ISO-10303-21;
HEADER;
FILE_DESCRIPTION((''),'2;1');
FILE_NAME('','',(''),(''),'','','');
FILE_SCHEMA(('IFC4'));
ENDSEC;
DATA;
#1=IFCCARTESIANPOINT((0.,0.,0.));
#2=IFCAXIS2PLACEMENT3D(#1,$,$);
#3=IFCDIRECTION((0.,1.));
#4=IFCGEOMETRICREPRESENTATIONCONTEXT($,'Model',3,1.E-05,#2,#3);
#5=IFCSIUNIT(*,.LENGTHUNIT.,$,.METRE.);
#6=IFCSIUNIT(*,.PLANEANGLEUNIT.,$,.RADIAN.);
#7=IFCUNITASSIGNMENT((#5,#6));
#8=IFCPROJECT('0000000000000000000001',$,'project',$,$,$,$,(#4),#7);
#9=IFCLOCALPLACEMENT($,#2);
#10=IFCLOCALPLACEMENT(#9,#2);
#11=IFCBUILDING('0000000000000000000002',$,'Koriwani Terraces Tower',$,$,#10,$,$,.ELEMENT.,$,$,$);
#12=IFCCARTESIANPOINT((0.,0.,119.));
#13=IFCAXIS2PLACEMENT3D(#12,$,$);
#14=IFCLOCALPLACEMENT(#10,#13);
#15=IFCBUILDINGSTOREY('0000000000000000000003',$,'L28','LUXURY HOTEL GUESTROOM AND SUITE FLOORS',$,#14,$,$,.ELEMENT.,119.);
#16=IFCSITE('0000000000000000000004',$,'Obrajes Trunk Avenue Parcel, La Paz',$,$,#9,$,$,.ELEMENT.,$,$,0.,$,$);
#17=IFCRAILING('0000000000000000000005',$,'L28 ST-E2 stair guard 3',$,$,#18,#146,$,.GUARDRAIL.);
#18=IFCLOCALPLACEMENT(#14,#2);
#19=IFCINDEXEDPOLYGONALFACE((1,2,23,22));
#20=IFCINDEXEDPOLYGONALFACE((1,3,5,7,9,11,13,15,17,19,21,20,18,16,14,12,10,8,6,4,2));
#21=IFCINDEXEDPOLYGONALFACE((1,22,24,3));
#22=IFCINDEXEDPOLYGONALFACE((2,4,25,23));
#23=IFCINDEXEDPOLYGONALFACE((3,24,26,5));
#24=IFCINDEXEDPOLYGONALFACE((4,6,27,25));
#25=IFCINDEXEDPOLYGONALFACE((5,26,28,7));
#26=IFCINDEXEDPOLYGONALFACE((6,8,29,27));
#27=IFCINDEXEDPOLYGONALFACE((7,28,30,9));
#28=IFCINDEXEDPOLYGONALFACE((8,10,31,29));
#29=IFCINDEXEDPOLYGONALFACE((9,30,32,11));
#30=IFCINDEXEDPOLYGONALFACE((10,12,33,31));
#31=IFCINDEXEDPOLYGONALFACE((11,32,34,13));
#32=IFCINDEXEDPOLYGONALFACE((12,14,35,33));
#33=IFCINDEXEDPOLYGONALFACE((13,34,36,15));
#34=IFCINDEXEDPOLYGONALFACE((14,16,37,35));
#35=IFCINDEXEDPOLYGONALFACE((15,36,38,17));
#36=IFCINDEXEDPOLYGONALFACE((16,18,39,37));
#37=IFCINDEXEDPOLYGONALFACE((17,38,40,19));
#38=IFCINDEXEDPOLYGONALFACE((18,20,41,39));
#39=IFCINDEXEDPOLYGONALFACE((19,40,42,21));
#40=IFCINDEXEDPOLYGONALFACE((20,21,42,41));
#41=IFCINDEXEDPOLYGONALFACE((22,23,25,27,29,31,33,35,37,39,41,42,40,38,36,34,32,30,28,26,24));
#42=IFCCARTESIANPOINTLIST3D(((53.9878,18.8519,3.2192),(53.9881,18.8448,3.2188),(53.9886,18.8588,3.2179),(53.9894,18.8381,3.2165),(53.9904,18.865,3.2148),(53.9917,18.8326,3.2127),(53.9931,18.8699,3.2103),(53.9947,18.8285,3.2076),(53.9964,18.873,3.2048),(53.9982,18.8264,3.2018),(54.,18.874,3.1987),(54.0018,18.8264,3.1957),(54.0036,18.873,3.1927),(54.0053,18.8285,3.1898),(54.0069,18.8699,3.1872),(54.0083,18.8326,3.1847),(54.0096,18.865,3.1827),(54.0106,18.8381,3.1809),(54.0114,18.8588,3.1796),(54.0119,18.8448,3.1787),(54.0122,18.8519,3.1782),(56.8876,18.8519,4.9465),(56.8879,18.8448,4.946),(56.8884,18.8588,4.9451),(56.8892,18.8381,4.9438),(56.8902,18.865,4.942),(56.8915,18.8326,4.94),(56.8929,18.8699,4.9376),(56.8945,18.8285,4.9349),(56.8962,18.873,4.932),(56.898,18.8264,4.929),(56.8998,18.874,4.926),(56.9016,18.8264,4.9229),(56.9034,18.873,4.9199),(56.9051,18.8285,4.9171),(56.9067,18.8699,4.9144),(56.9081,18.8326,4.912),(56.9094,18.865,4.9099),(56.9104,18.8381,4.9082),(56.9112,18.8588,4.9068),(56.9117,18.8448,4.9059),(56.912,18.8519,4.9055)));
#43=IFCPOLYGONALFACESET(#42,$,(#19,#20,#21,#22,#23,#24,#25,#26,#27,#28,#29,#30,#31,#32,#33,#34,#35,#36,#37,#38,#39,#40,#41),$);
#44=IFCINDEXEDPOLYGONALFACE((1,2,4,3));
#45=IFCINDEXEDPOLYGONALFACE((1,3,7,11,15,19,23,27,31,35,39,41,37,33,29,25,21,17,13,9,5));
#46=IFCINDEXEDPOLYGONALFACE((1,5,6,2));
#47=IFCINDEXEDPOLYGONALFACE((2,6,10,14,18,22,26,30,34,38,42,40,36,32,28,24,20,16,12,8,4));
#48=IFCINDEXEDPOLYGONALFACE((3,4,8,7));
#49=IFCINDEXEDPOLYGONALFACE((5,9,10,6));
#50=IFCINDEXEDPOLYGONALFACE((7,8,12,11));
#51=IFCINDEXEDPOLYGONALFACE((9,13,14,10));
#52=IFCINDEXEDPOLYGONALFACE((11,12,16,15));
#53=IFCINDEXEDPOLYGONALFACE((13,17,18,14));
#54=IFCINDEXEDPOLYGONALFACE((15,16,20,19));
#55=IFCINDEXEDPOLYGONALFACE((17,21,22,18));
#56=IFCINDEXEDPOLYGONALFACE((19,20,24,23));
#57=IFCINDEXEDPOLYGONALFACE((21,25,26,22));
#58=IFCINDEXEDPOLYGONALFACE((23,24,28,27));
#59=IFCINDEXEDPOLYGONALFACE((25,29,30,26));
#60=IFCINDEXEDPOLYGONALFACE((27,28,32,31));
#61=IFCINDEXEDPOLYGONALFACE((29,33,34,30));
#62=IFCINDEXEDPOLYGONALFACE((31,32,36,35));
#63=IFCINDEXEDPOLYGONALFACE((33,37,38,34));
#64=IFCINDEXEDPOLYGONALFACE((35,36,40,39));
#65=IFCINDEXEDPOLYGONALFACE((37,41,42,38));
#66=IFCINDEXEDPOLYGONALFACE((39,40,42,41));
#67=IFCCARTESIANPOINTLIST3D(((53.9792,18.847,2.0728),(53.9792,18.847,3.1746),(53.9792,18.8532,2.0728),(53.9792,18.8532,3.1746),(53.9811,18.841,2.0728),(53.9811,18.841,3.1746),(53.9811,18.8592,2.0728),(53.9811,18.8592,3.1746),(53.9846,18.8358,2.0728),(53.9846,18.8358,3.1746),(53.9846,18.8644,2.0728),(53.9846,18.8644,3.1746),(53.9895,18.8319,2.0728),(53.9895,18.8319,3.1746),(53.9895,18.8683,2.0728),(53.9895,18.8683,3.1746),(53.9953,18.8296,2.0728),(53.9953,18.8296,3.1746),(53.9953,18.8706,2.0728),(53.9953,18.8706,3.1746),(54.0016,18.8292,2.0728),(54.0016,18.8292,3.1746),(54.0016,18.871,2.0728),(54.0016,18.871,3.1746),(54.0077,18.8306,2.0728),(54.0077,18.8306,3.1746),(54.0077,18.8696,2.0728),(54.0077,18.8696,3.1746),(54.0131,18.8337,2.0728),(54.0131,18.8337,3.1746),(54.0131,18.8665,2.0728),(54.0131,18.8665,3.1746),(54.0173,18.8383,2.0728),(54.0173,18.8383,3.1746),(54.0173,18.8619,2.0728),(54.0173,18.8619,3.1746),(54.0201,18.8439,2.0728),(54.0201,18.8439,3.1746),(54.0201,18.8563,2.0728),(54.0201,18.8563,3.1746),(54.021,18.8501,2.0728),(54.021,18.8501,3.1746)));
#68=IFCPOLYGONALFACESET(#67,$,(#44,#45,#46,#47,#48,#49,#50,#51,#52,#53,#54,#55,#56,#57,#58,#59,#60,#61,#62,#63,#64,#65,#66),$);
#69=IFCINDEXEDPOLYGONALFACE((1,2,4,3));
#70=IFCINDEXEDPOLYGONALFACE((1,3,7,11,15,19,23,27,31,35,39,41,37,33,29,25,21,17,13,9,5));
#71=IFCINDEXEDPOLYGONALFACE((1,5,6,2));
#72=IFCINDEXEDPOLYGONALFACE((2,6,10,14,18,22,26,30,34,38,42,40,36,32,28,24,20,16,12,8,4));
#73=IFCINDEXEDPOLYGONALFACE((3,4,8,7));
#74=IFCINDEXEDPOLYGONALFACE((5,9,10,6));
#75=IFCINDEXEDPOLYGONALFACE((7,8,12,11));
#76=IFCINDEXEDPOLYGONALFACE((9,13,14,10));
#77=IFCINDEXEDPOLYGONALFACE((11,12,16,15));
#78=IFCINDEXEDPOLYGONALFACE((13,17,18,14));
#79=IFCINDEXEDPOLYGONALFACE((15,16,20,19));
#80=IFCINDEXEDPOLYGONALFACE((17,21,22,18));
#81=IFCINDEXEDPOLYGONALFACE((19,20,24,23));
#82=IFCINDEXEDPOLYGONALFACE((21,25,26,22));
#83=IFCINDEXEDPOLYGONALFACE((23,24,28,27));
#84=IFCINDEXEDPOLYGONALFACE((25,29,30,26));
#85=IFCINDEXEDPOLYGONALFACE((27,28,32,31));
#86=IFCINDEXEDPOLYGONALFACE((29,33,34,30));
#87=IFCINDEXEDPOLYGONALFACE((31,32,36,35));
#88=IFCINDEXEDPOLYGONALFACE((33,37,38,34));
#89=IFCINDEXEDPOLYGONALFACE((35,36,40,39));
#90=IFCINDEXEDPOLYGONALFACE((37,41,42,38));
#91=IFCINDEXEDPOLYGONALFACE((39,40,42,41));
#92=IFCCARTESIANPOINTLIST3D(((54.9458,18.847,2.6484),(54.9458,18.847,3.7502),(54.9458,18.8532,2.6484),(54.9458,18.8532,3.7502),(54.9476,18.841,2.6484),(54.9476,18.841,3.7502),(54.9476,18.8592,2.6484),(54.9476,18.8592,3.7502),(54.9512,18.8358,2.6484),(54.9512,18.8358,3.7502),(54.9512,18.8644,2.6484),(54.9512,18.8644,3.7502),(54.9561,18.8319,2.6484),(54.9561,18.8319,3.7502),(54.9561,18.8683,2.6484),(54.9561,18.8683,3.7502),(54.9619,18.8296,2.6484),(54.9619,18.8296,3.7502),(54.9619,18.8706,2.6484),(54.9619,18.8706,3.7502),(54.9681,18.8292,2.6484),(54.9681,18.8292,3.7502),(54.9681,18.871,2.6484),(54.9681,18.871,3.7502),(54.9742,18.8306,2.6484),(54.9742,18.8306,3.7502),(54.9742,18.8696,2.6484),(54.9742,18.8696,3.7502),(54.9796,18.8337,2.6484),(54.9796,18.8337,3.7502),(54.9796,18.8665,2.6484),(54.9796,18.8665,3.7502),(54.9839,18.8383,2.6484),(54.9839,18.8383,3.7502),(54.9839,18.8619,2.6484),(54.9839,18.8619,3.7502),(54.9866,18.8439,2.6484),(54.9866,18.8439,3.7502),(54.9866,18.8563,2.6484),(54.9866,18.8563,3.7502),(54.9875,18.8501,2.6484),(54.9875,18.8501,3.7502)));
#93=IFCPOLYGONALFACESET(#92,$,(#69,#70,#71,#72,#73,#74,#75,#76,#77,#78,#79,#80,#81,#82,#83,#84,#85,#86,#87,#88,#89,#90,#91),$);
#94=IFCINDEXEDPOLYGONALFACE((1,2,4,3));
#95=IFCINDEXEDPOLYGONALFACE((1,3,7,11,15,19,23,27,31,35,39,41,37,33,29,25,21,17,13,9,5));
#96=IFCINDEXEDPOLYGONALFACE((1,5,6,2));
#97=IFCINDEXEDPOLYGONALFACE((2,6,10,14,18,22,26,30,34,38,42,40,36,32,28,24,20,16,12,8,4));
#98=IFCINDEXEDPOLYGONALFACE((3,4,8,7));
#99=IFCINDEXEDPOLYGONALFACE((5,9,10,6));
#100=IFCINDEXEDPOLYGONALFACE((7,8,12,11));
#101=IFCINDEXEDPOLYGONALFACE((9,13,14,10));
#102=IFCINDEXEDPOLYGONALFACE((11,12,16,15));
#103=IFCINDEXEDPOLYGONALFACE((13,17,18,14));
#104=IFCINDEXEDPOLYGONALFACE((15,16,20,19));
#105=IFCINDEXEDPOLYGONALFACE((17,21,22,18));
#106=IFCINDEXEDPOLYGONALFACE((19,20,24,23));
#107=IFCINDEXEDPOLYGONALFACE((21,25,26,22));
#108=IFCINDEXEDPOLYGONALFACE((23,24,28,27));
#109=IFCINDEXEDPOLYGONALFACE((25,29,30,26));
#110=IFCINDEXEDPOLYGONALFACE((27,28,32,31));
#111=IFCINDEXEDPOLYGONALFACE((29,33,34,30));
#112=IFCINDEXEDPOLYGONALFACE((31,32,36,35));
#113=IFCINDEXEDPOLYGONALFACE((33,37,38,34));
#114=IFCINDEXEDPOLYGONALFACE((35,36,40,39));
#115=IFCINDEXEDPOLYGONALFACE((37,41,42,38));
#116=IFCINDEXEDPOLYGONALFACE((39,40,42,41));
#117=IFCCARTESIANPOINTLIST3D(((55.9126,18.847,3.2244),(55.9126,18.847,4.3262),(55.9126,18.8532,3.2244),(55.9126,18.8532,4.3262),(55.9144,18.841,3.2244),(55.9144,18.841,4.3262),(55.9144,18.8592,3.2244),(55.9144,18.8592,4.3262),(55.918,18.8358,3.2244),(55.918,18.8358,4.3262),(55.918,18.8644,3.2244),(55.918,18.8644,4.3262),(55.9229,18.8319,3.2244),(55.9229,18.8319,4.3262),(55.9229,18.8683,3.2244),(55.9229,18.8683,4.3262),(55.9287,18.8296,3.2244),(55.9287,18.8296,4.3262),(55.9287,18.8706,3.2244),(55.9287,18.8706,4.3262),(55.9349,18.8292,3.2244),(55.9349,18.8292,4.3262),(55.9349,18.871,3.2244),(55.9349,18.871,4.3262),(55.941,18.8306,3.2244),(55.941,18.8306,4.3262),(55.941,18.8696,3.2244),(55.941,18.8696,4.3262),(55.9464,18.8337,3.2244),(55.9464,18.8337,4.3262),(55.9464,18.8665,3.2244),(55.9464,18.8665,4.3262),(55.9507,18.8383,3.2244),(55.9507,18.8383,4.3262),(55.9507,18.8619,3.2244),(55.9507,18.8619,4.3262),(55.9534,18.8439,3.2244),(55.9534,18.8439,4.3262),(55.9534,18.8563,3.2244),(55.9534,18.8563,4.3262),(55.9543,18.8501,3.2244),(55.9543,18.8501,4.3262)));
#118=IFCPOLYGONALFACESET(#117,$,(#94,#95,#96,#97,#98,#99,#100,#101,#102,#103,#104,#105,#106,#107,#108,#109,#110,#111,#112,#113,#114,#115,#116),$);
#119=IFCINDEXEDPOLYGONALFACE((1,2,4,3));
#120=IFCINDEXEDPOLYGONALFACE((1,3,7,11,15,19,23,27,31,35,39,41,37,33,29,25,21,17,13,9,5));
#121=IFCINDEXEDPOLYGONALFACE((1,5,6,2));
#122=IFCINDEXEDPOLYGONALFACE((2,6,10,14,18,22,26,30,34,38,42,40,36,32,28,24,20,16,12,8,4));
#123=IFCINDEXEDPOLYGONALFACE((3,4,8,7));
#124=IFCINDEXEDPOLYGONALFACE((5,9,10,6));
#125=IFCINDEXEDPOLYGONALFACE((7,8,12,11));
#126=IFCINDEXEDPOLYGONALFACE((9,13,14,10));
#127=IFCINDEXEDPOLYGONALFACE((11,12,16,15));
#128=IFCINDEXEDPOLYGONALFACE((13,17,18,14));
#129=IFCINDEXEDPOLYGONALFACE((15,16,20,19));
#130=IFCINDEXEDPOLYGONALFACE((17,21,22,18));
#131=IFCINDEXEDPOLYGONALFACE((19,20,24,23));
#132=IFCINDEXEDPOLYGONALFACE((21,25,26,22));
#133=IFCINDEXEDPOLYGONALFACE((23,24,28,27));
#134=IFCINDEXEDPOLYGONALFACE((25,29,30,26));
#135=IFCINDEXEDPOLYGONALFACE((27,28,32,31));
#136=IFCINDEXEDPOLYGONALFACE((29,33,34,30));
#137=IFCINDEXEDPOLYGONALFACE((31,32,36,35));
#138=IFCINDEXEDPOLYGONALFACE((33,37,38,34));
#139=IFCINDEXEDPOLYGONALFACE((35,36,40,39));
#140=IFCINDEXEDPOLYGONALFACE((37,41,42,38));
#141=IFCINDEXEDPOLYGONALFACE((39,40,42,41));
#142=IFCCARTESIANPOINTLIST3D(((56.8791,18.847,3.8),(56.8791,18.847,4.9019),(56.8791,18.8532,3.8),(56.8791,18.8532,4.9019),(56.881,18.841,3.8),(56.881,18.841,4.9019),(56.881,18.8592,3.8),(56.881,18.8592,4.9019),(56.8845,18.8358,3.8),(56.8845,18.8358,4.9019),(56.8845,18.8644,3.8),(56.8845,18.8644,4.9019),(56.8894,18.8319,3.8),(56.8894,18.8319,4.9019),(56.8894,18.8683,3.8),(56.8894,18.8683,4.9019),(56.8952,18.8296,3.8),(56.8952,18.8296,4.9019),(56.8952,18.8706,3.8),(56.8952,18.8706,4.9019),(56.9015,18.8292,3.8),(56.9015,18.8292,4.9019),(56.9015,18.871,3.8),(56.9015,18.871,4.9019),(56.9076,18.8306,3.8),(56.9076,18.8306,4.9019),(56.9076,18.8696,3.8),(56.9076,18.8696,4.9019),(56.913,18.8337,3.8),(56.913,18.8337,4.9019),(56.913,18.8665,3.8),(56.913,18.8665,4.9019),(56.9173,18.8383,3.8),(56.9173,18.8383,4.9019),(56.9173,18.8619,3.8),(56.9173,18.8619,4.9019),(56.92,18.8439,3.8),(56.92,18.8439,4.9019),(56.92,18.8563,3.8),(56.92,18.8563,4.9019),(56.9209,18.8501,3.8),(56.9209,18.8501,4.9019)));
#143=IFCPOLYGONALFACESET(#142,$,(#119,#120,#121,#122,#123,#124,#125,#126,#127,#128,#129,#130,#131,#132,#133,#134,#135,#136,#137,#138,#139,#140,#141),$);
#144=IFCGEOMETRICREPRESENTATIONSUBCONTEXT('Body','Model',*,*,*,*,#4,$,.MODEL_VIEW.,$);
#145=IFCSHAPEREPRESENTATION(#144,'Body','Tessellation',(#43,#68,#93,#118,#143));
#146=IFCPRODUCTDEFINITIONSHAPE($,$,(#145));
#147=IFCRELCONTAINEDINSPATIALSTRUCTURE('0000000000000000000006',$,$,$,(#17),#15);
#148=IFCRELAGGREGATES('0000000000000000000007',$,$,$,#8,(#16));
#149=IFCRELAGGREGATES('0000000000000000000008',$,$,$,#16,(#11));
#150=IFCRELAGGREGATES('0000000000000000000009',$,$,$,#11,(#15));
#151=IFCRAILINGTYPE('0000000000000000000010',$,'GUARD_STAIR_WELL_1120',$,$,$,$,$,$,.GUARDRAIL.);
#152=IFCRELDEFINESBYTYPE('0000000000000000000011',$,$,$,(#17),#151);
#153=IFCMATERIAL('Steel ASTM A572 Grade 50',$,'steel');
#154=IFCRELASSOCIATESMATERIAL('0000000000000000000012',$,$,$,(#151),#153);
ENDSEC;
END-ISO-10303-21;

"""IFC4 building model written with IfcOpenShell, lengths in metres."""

from ifc_helpers import new_model, si_unit, direction, frame, origin, origin_2d, place, context, subcontext, project, spatial, circle, extrude, material, type_object, element, save


model = new_model("IFC4")

# Units and contexts
model_context = context("Model", 3, precision=1e-05, world=origin(), true_north=direction((0.0, 1.0)))
body_context = subcontext(model_context, "Body", "Model", "MODEL_VIEW")
ifc_project = project(units=[si_unit("LENGTHUNIT", "METRE"), si_unit("PLANEANGLEUNIT", "RADIAN")], contexts=[model_context])

# Site, building, storey
site_placement = place(None, origin())
site = spatial("IfcSite", under=ifc_project, at=site_placement, Name="Obrajes Trunk Avenue Parcel, La Paz", CompositionType="ELEMENT", RefElevation=0.0)
building_placement = place(site_placement, origin())
building = spatial("IfcBuilding", under=site, at=building_placement, Name="Koriwani Terraces Tower", CompositionType="ELEMENT")
storey_placement = place(building_placement, frame((0.0, 0.0, 119.0)))
storey = spatial("IfcBuildingStorey", under=building, at=storey_placement, Name="L28", Description="LUXURY HOTEL GUESTROOM AND SUITE FLOORS", CompositionType="ELEMENT", Elevation=119.0)

# Shared definitions
ifc_material_1 = material(Name="Steel ASTM A572 Grade 50", Category="steel")

# Railing
railing_type_1 = type_object("IfcRailingType", Name="GUARD_STAIR_WELL_1120", PredefinedType="GUARDRAIL", material=ifc_material_1)
railing_1_placement = place(storey_placement, frame((54.0, 18.8501, 2.0728)))
element("IfcRailing", 1, at=railing_1_placement, inside=storey, type_object=railing_type_1, Name="L28 ST-E2 stair guard 3", PredefinedType="GUARDRAIL", context=body_context, shape_type="SweptSolid", body=[
    extrude(circle(Radius=0.0239, at=origin_2d()), frame((0.0, 0.0, 1.126), z_axis=(0.859141, 0.0, 0.511738), x_axis=(0.0, 1.0, 0.0)), (0.0, 0.0, 1.0), 3.3752),
    extrude(circle(Radius=0.021, at=origin_2d()), origin(), (0.0, 0.0, 1.0), 1.1018),
    extrude(circle(Radius=0.021, at=origin_2d()), frame((0.9666, 0.0, 0.5757)), (0.0, 0.0, 1.0), 1.1018),
    extrude(circle(Radius=0.021, at=origin_2d()), frame((1.9333, 0.0, 1.1516)), (0.0, 0.0, 1.0), 1.1018),
    extrude(circle(Radius=0.021, at=origin_2d()), frame((2.8999, 0.0, 1.7273)), (0.0, 0.0, 1.0), 1.1018),
])

save(model, "model.ifc")
